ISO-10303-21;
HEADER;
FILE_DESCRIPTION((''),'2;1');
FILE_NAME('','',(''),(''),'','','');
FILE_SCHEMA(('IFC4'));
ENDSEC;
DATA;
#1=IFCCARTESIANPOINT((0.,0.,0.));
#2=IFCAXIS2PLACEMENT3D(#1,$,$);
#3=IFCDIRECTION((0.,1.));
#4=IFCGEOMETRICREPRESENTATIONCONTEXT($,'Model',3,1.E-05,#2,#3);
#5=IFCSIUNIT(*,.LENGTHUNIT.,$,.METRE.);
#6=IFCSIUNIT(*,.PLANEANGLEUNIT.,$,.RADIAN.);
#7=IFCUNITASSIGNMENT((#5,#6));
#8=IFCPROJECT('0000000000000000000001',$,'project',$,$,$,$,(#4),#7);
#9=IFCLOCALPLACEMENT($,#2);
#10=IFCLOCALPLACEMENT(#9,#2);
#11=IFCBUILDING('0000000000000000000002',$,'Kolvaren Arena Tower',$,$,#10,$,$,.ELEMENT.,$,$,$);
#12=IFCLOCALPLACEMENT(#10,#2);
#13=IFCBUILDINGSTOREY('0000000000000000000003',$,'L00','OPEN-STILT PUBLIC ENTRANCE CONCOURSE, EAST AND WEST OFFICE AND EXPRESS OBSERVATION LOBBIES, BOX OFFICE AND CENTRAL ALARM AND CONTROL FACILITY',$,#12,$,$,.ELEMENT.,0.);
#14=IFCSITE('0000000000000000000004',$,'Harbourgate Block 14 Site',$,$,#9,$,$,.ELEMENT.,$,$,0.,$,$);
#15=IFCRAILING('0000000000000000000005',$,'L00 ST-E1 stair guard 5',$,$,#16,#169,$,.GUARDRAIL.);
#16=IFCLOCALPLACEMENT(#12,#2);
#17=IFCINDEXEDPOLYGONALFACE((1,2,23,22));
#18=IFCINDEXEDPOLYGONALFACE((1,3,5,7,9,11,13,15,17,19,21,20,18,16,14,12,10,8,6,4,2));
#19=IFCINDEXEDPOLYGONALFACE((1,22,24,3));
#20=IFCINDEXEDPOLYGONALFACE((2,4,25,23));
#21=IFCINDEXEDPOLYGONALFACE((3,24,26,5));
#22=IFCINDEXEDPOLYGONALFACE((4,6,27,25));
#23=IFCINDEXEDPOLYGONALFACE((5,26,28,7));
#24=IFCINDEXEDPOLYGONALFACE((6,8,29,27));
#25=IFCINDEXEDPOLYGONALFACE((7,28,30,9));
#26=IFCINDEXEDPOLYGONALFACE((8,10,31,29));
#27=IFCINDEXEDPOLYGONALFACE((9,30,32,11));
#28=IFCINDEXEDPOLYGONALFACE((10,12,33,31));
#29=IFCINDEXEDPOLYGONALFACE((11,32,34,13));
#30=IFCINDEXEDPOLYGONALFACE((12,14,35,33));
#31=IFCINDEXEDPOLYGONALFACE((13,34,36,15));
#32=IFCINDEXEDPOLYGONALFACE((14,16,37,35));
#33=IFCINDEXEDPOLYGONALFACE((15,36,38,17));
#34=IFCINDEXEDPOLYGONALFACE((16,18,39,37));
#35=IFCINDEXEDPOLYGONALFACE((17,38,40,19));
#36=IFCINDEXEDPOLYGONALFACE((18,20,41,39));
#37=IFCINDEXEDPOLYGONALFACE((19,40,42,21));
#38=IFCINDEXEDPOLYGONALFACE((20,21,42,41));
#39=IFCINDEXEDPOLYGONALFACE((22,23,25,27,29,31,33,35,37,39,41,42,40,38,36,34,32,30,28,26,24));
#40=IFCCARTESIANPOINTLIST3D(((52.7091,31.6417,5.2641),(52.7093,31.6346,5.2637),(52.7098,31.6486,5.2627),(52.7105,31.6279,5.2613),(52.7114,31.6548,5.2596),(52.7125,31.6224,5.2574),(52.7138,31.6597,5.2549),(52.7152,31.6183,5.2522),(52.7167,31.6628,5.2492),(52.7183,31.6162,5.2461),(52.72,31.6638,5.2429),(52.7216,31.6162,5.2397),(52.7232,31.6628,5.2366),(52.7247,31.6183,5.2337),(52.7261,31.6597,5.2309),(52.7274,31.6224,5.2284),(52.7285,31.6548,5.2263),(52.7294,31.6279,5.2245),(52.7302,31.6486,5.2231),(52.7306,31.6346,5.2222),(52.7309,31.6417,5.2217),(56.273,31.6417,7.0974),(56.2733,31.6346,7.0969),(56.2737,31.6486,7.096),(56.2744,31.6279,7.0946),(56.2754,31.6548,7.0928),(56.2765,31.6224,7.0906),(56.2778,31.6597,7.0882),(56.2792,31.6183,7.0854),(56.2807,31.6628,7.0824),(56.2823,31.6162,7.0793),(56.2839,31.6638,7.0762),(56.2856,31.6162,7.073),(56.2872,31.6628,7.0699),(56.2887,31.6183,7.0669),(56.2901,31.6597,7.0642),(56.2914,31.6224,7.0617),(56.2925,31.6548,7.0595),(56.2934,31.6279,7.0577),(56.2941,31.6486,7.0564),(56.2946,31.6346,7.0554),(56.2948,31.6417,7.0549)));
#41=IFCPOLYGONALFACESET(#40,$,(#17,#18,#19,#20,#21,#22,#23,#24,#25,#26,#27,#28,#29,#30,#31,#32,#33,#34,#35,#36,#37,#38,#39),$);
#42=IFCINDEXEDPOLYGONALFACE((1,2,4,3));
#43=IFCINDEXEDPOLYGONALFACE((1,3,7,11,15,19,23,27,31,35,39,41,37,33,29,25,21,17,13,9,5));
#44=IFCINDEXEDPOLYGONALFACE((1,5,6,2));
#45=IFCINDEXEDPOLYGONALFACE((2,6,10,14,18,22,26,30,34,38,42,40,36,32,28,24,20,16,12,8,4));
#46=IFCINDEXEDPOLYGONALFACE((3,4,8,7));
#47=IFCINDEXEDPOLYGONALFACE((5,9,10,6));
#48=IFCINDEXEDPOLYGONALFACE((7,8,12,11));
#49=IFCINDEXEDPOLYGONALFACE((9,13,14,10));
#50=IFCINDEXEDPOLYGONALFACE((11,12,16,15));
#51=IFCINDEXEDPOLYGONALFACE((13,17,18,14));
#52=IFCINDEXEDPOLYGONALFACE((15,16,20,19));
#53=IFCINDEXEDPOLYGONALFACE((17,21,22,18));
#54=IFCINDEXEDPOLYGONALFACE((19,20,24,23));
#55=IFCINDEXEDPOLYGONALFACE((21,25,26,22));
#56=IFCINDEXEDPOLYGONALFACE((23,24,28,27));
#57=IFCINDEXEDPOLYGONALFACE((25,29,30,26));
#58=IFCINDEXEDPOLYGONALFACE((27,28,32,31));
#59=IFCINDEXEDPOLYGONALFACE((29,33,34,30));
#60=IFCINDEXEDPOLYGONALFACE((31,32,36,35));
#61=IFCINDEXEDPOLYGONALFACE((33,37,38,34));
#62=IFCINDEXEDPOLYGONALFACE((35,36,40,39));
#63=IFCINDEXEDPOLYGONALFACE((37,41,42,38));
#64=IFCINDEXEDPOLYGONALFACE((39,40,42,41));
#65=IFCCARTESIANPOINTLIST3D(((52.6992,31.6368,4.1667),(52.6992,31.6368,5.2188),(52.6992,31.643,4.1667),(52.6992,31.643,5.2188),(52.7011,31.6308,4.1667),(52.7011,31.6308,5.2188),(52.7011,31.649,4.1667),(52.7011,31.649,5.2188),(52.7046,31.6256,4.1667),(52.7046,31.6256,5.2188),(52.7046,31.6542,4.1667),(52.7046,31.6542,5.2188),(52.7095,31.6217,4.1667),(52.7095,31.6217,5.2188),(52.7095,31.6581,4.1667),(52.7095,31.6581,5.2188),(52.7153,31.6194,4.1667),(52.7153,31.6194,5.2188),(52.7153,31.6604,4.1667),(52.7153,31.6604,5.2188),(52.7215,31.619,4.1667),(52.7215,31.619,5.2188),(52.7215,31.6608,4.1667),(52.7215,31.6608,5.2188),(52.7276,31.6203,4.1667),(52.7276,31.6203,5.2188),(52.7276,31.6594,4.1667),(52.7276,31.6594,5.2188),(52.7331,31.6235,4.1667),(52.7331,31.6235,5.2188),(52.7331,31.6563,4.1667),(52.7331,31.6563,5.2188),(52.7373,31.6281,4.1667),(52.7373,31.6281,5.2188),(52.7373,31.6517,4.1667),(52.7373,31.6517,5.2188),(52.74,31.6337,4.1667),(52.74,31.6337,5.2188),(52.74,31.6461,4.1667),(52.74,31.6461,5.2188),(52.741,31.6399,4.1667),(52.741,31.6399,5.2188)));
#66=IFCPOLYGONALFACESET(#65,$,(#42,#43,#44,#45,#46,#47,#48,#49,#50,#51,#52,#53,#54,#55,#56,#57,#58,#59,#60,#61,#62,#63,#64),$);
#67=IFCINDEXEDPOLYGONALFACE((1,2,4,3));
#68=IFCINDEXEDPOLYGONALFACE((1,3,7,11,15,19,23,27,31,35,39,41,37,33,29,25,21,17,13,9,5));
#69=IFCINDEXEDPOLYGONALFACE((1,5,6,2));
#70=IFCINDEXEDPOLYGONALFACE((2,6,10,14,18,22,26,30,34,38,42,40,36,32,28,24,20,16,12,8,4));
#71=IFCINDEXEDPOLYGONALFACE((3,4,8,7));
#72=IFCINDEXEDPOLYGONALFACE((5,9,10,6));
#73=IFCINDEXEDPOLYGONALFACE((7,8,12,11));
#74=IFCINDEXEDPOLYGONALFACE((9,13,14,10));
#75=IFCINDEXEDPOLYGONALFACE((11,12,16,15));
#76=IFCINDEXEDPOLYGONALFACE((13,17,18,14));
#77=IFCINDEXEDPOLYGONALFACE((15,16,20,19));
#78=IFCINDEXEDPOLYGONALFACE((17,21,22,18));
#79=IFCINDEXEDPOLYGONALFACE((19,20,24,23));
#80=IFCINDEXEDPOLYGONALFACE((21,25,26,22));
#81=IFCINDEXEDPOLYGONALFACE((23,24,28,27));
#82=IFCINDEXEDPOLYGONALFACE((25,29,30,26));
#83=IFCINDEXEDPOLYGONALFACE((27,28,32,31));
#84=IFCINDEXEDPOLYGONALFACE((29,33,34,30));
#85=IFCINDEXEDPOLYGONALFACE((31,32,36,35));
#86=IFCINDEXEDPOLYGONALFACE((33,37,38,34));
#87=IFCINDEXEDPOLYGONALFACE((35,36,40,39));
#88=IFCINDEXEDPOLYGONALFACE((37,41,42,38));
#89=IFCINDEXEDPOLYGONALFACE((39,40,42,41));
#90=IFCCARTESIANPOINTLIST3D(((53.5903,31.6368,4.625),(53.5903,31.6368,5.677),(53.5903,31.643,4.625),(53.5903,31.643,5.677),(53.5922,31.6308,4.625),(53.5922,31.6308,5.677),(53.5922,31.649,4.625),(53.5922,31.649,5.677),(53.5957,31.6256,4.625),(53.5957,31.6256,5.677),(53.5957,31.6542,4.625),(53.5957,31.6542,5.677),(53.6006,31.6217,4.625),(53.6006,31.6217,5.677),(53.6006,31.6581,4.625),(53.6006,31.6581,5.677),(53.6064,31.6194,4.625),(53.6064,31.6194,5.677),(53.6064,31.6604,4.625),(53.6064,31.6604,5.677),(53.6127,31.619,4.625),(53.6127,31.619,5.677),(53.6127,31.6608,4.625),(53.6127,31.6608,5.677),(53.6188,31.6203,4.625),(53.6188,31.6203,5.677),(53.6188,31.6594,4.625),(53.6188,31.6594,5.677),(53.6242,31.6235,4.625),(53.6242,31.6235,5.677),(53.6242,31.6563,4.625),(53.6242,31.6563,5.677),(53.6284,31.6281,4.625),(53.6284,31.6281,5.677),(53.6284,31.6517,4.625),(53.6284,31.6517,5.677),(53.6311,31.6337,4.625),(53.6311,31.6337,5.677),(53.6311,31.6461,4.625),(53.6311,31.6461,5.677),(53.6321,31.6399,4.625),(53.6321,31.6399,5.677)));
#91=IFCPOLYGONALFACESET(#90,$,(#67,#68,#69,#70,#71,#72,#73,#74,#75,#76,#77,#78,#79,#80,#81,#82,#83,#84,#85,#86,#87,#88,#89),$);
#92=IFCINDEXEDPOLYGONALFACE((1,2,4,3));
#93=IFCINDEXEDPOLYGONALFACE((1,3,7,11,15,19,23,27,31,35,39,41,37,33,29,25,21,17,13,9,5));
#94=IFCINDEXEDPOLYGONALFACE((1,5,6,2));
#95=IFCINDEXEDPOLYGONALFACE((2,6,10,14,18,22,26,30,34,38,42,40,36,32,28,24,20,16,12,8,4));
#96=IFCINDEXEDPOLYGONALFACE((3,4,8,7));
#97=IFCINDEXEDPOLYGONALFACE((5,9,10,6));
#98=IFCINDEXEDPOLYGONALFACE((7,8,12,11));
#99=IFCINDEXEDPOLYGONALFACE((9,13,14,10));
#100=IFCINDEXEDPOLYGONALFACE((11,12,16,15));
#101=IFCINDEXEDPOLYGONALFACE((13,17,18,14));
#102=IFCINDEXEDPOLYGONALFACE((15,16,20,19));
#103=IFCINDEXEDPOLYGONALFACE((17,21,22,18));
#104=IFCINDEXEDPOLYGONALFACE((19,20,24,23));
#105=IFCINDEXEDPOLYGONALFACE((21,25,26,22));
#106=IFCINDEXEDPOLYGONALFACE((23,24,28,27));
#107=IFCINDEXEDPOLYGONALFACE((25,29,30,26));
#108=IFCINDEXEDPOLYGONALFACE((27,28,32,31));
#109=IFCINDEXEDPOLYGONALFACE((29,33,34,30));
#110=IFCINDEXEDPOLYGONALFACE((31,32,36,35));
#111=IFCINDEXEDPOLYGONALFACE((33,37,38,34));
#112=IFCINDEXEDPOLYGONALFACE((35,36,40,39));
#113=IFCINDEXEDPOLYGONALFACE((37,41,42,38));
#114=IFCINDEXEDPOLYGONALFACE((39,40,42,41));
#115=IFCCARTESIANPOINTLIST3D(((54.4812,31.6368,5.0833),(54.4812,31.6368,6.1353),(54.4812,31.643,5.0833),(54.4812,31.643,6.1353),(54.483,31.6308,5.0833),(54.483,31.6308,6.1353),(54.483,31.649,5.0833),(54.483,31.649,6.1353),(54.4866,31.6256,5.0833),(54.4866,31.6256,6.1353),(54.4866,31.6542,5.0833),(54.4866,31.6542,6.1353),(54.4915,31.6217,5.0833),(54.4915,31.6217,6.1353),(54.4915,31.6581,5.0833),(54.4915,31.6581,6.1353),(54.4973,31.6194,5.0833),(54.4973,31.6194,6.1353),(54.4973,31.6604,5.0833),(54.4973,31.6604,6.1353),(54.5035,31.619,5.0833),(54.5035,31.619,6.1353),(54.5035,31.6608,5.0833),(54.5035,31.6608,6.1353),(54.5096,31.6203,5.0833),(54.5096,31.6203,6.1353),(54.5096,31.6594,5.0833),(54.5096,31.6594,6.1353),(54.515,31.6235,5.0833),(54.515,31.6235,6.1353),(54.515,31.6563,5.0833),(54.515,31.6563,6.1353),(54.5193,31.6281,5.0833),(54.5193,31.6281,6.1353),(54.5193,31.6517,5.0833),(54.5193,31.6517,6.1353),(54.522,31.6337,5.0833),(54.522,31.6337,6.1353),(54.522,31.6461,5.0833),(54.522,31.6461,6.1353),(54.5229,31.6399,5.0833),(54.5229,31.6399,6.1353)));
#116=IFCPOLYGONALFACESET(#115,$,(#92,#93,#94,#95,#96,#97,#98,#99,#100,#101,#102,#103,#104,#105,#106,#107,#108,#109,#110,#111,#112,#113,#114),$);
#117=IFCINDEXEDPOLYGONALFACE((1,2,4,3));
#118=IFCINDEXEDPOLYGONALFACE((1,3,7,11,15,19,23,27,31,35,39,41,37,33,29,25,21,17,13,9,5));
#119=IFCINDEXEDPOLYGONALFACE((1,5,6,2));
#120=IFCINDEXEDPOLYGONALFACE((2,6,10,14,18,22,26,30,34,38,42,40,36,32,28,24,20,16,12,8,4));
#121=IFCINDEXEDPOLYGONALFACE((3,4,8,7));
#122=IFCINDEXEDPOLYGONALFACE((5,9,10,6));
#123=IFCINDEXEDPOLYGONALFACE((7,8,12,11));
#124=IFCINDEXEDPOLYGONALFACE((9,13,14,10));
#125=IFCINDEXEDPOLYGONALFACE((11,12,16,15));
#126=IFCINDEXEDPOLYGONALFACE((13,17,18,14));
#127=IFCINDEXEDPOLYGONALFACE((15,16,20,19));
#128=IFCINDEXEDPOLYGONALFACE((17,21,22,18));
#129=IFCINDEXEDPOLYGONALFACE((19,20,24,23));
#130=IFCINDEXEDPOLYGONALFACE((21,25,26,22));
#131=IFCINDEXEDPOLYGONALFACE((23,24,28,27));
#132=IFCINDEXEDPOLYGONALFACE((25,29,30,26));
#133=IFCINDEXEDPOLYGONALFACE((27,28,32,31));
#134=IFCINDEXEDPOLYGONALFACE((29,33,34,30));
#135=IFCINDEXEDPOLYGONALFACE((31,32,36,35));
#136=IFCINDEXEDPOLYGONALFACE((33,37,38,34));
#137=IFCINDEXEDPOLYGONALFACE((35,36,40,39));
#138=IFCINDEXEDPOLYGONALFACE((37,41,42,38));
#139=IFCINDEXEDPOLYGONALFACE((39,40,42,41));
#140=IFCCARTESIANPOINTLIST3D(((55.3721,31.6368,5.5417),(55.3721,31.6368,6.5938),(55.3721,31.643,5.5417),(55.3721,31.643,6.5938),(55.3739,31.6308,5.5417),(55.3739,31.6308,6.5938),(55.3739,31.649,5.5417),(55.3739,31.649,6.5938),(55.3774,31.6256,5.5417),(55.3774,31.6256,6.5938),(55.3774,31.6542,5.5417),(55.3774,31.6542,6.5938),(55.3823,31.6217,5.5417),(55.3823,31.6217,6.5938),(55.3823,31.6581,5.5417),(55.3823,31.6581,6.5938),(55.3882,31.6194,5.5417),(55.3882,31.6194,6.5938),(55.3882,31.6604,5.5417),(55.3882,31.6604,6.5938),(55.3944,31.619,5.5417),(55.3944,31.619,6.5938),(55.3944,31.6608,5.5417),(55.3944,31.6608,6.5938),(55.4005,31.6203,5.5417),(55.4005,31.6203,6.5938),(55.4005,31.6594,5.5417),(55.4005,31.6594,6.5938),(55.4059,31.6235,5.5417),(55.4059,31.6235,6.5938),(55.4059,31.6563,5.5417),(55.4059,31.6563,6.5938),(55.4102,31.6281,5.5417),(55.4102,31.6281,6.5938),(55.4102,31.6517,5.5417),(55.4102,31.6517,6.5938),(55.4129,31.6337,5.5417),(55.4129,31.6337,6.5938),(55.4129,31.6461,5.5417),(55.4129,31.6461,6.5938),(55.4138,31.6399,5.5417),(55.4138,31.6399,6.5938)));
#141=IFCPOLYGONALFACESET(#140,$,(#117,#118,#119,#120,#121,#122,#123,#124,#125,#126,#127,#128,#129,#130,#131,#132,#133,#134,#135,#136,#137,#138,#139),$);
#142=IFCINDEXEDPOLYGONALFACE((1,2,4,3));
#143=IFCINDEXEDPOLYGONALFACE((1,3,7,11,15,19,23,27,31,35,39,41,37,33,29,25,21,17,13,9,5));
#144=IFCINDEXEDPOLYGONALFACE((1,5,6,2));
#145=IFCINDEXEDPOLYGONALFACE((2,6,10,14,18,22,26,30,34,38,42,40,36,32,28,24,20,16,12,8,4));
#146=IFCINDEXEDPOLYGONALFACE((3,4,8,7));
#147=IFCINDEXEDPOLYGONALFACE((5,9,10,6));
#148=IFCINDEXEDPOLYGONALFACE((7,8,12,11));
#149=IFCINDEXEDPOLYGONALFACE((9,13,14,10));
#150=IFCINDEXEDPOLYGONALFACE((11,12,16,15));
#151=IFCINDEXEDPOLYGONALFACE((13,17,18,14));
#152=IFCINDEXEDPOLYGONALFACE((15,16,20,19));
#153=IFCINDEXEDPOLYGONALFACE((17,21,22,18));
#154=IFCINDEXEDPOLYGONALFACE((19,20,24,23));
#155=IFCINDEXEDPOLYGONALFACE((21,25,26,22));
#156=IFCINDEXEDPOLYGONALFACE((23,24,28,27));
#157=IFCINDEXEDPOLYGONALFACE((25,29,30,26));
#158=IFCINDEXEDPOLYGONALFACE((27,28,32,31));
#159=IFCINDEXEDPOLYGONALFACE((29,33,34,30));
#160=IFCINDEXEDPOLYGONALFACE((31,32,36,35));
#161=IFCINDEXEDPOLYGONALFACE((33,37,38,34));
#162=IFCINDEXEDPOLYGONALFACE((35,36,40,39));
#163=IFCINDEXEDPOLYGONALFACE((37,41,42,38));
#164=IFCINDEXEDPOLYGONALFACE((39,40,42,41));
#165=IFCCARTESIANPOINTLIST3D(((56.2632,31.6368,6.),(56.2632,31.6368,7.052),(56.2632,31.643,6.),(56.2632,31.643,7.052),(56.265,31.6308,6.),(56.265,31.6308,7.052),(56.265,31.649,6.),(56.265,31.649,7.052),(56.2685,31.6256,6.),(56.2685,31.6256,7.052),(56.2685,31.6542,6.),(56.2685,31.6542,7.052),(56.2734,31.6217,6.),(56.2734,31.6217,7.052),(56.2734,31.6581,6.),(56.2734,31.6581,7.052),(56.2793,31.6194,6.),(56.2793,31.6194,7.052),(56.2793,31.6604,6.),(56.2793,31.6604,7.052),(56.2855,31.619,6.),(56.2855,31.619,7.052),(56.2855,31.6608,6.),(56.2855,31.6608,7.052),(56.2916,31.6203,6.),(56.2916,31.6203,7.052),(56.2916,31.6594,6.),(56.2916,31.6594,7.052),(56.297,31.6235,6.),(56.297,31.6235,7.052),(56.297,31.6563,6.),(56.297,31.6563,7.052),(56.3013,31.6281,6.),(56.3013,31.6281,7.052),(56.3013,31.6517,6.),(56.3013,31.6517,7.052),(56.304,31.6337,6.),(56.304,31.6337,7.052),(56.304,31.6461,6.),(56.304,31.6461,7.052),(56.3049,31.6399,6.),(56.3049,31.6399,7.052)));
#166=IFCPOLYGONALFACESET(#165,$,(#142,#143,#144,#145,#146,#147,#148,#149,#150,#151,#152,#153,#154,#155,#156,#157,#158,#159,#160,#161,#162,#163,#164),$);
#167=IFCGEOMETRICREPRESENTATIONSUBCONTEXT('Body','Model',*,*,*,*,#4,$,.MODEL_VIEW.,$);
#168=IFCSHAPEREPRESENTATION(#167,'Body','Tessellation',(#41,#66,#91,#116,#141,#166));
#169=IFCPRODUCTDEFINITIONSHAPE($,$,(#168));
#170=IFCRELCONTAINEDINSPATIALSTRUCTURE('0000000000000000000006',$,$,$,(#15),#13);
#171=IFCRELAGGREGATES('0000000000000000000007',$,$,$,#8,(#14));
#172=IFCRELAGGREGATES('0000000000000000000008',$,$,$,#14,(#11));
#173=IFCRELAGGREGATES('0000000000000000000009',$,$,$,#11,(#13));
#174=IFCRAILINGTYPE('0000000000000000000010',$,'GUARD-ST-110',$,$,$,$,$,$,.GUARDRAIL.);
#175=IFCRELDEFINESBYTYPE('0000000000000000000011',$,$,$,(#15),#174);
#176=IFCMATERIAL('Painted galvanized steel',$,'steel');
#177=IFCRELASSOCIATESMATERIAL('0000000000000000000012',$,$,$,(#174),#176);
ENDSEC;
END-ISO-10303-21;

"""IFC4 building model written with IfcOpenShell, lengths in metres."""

from ifc_helpers import new_model, si_unit, direction, frame, origin, origin_2d, place, context, subcontext, project, spatial, circle, extrude, material, type_object, element, save


model = new_model("IFC4")

# Units and contexts
model_context = context("Model", 3, precision=1e-05, world=origin(), true_north=direction((0.0, 1.0)))
body_context = subcontext(model_context, "Body", "Model", "MODEL_VIEW")
ifc_project = project(units=[si_unit("LENGTHUNIT", "METRE"), si_unit("PLANEANGLEUNIT", "RADIAN")], contexts=[model_context])

# Site, building, storey
site_placement = place(None, origin())
site = spatial("IfcSite", under=ifc_project, at=site_placement, Name="Harbourgate Block 14 Site", CompositionType="ELEMENT", RefElevation=0.0)
building_placement = place(site_placement, origin())
building = spatial("IfcBuilding", under=site, at=building_placement, Name="Kolvaren Arena Tower", CompositionType="ELEMENT")
storey_placement = place(building_placement, origin())
storey = spatial("IfcBuildingStorey", under=building, at=storey_placement, Name="L00", Description="OPEN-STILT PUBLIC ENTRANCE CONCOURSE, EAST AND WEST OFFICE AND EXPRESS OBSERVATION LOBBIES, BOX OFFICE AND CENTRAL ALARM AND CONTROL FACILITY", CompositionType="ELEMENT", Elevation=0.0)

# Railing
ifc_material_1 = material(Name="Painted galvanized steel", Category="steel")
railing_type_1 = type_object("IfcRailingType", Name="GUARD-ST-110", PredefinedType="GUARDRAIL", material=ifc_material_1)
railing_1_placement = place(storey_placement, frame((52.72, 31.6399, 4.1667)))
element("IfcRailing", 1, at=railing_1_placement, inside=storey, type_object=railing_type_1, Name="L00 ST-E1 stair guard 5", PredefinedType="GUARDRAIL", context=body_context, shape_type="SweptSolid", body=[
    extrude(circle(Radius=0.0239, at=origin_2d()), frame((0.0, 0.0, 1.0762), z_axis=(0.889252, 0.0, 0.457418), x_axis=(0.0, 1.0, 0.0)), (0.0, 0.0, 1.0), 4.0078),
    extrude(circle(Radius=0.021, at=origin_2d()), origin(), (0.0, 0.0, 1.0), 1.052),
    extrude(circle(Radius=0.021, at=origin_2d()), frame((0.8911, 0.0, 0.4583)), (0.0, 0.0, 1.0), 1.052),
    extrude(circle(Radius=0.021, at=origin_2d()), frame((1.782, 0.0, 0.9165)), (0.0, 0.0, 1.0), 1.052),
    extrude(circle(Radius=0.021, at=origin_2d()), frame((2.6729, 0.0, 1.375)), (0.0, 0.0, 1.0), 1.052),
    extrude(circle(Radius=0.021, at=origin_2d()), frame((3.564, 0.0, 1.8333)), (0.0, 0.0, 1.0), 1.052),
])

save(model, "model.ifc")
